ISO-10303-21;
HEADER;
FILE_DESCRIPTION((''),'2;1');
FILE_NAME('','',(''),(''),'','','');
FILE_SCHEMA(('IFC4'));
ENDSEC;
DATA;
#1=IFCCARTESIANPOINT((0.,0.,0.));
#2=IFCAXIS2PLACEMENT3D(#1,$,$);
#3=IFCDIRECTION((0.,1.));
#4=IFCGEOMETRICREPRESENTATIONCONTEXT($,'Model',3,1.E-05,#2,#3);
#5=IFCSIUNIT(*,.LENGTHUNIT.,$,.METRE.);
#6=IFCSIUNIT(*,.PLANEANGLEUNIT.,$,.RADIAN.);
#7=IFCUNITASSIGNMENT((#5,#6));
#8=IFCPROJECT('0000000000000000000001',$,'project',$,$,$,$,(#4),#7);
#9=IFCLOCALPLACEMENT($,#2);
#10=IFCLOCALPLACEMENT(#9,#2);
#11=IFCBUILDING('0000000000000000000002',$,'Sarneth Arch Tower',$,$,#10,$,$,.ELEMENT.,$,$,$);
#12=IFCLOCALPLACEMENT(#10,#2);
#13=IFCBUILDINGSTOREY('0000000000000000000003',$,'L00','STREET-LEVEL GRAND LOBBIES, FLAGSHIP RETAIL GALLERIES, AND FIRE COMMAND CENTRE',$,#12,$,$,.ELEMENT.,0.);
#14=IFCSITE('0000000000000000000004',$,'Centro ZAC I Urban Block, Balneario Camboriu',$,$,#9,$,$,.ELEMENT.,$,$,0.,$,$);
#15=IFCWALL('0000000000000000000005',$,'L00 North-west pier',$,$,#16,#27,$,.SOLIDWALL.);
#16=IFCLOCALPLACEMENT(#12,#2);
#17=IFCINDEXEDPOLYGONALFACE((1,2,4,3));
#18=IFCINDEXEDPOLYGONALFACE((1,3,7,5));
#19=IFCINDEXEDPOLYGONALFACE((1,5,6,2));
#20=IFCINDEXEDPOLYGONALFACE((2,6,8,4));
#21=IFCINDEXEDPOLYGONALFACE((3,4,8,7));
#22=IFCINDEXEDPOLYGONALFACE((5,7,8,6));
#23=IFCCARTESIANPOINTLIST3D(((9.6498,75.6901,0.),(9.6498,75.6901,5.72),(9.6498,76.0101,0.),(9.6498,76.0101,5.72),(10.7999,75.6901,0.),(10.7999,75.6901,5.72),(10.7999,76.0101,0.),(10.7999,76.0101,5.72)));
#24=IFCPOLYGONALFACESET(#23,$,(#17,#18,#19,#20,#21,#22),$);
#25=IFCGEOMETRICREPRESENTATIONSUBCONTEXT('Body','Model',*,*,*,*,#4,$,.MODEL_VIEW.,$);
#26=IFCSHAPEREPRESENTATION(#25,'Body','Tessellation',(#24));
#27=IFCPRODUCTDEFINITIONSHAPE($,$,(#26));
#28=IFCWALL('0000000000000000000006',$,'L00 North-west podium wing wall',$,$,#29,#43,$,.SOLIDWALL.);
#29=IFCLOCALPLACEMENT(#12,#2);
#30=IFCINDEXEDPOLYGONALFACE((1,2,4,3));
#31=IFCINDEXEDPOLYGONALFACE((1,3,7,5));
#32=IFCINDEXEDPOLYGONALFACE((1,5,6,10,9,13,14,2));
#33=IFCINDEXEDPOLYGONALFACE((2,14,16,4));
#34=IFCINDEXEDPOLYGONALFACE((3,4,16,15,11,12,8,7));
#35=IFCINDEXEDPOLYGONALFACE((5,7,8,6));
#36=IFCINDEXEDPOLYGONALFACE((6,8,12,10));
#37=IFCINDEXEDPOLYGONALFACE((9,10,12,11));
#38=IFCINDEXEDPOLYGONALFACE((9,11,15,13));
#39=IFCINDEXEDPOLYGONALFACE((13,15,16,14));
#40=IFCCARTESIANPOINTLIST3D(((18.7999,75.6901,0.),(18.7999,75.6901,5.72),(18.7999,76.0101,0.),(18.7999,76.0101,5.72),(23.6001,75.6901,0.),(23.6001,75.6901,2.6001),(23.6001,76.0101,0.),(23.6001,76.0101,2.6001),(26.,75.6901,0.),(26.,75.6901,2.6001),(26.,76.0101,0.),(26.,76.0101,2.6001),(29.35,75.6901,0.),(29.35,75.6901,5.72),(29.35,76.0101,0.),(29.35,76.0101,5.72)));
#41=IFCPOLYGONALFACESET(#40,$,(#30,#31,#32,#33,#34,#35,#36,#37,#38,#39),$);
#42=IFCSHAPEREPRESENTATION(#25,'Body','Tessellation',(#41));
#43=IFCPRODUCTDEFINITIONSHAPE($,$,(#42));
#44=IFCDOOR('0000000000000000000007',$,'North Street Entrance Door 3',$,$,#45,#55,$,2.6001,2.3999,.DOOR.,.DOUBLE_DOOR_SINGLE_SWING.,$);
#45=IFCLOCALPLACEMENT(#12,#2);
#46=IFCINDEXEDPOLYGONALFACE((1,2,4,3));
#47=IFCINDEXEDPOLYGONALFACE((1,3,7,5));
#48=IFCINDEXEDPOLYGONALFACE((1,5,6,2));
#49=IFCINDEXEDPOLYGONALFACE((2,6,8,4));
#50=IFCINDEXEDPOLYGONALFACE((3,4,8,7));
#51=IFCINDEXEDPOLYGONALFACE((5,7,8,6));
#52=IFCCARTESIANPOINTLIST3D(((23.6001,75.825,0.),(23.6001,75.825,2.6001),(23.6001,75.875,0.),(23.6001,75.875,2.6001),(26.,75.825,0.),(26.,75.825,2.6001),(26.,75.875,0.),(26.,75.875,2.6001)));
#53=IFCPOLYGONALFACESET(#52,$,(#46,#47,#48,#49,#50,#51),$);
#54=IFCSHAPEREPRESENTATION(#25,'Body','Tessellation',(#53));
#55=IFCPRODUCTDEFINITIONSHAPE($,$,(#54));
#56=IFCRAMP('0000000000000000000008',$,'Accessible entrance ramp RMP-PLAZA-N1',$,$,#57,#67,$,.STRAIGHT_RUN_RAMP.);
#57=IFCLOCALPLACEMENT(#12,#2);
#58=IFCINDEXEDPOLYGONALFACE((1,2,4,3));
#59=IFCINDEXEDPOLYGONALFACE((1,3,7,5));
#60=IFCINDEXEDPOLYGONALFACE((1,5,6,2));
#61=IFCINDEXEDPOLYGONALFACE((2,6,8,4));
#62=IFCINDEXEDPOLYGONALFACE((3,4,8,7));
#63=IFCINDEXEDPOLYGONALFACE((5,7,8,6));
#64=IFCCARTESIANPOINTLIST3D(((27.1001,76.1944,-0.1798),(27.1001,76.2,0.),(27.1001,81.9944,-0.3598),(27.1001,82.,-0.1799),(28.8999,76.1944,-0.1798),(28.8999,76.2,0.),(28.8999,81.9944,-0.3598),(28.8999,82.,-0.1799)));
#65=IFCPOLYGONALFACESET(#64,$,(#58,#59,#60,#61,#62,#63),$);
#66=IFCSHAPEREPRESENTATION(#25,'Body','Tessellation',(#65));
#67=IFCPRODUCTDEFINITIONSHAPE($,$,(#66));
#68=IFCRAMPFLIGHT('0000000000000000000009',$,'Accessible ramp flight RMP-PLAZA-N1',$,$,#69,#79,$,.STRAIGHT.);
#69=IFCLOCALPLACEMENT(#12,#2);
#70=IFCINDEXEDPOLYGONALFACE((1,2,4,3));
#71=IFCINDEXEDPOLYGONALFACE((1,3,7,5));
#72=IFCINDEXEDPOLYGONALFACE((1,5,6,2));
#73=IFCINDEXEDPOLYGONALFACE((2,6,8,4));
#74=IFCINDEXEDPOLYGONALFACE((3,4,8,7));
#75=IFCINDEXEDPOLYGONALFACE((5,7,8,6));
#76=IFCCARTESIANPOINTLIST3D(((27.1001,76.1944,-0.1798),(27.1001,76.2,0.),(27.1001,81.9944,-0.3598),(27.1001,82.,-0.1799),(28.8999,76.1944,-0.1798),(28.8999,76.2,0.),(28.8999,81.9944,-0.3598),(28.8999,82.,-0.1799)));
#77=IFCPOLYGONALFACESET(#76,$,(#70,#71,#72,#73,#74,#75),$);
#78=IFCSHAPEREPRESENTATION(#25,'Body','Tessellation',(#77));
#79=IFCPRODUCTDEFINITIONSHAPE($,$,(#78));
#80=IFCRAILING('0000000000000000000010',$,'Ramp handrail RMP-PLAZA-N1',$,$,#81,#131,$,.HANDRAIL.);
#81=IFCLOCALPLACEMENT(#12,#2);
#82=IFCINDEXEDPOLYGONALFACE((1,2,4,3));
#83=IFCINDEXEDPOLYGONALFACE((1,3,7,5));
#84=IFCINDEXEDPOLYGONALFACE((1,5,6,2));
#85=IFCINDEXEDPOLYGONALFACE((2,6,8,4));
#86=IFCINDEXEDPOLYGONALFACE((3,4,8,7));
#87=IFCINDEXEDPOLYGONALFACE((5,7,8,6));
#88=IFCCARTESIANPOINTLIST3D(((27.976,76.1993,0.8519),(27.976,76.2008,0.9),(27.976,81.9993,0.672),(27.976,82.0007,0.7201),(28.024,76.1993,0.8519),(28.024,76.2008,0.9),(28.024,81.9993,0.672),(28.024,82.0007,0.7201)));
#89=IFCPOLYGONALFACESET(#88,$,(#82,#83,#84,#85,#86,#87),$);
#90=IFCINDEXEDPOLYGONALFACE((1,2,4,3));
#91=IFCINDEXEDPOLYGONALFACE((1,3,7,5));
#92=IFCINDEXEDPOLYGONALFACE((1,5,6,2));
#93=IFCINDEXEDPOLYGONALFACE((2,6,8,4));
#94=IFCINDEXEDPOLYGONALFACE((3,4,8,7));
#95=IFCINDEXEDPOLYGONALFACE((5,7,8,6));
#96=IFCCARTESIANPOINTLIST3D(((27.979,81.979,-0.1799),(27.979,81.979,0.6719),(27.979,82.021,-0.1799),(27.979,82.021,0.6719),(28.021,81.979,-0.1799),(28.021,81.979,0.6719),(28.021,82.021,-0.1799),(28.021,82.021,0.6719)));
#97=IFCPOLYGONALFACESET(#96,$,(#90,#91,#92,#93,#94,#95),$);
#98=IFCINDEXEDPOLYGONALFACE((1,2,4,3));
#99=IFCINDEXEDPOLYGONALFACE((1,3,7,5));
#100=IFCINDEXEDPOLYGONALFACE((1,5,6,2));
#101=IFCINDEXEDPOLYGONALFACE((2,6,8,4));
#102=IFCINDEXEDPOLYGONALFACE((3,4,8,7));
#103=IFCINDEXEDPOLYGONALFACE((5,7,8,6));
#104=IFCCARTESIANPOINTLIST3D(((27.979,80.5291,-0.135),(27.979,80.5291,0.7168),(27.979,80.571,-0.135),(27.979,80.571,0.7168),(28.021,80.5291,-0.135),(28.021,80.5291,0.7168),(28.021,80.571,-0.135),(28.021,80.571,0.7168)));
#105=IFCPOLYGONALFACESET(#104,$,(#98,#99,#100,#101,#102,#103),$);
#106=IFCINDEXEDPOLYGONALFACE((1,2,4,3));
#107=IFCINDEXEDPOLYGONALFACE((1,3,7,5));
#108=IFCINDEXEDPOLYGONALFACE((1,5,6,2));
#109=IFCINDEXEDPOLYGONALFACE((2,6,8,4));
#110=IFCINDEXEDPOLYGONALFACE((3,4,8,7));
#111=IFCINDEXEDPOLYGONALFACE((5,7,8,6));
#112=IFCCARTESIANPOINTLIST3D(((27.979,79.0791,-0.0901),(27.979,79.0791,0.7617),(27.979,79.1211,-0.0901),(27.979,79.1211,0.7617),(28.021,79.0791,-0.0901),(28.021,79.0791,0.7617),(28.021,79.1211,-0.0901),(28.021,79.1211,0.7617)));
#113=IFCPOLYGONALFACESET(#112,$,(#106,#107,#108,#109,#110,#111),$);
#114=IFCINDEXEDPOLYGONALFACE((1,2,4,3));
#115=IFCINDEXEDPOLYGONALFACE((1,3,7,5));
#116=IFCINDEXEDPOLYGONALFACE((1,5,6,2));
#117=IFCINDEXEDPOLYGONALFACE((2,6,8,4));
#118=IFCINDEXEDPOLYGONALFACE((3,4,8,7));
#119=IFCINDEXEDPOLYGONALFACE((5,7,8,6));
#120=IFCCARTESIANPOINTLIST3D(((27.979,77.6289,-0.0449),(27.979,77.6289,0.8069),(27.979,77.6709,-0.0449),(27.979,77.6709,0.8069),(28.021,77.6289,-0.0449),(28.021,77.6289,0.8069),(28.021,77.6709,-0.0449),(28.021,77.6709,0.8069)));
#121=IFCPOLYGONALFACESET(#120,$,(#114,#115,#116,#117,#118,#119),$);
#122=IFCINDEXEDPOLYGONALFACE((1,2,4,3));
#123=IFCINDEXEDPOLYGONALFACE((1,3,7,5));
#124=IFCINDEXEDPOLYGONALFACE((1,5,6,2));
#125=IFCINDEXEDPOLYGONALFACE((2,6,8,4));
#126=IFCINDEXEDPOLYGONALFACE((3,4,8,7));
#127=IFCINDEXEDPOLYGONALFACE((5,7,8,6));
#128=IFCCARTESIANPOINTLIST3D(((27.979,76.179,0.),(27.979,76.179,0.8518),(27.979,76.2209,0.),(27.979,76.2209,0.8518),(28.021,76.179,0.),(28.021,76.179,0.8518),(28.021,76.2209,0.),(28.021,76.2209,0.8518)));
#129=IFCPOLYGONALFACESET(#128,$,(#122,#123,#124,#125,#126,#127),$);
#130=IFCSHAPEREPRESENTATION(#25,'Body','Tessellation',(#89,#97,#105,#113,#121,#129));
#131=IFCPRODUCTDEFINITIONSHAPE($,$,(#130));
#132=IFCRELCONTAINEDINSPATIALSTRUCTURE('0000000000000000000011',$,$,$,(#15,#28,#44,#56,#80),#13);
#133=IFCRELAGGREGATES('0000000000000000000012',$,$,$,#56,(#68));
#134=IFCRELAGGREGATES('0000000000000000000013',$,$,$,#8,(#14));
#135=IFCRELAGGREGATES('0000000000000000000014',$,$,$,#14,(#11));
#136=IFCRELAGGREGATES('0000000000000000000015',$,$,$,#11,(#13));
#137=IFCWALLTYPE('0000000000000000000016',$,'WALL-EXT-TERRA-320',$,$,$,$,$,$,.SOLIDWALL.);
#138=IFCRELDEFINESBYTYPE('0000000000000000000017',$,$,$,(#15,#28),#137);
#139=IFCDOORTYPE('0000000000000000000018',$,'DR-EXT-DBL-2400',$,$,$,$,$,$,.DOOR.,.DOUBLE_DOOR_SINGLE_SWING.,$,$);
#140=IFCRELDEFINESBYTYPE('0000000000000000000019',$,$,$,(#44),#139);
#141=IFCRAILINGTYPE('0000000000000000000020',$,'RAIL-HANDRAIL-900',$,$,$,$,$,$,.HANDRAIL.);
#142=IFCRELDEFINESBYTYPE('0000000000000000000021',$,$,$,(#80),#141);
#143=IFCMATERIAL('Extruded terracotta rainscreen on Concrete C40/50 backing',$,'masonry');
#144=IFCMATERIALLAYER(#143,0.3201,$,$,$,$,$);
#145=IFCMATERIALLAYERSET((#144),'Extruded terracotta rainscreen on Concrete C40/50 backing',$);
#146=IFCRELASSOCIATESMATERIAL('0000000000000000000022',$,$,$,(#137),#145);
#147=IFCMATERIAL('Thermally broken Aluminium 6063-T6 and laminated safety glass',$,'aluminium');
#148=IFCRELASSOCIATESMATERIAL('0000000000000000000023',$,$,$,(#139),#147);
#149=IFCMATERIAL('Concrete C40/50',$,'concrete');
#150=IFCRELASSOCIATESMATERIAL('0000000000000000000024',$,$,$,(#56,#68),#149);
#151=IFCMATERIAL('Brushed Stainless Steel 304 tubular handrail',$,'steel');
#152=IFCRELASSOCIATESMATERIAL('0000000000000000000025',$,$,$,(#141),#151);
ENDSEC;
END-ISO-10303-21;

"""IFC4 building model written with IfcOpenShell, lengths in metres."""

from ifc_helpers import new_model, si_unit, direction, frame, frame_2d, origin, origin_2d, place, context, subcontext, project, spatial, polyline, rectangle, outline, extrude, material, layer, layer_set, type_object, element, fill, aggregate, save


model = new_model("IFC4")

# Units and contexts
model_context = context("Model", 3, precision=1e-05, world=origin(), true_north=direction((0.0, 1.0)))
body_context = subcontext(model_context, "Body", "Model", "MODEL_VIEW")
ifc_project = project(units=[si_unit("LENGTHUNIT", "METRE"), si_unit("PLANEANGLEUNIT", "RADIAN")], contexts=[model_context])

# Site, building, storey
site_placement = place(None, origin())
site = spatial("IfcSite", under=ifc_project, at=site_placement, Name="Centro ZAC I Urban Block, Balneario Camboriu", CompositionType="ELEMENT", RefElevation=0.0)
building_placement = place(site_placement, origin())
building = spatial("IfcBuilding", under=site, at=building_placement, Name="Sarneth Arch Tower", CompositionType="ELEMENT")
storey_placement = place(building_placement, origin())
storey = spatial("IfcBuildingStorey", under=building, at=storey_placement, Name="L00", Description="STREET-LEVEL GRAND LOBBIES, FLAGSHIP RETAIL GALLERIES, AND FIRE COMMAND CENTRE", CompositionType="ELEMENT", Elevation=0.0)

# Wall
ifc_material_1 = material(Name="Extruded terracotta rainscreen on Concrete C40/50 backing", Category="masonry")
ifc_layer_1 = layer(ifc_material_1, 0.3201)
ifc_layer_set_1 = layer_set([ifc_layer_1], Name="Extruded terracotta rainscreen on Concrete C40/50 backing")
wall_type_1 = type_object("IfcWallType", Name="WALL-EXT-TERRA-320", PredefinedType="SOLIDWALL", material=ifc_layer_set_1)
wall_1_placement = place(storey_placement, frame((10.8, 75.8501, 0.0), z_axis=(0.0, 0.0, 1.0), x_axis=(-1.0, 0.0, 0.0)))
element("IfcWall", 1, at=wall_1_placement, inside=storey, type_object=wall_type_1, Name="L00 North-west pier", PredefinedType="SOLIDWALL", context=body_context, shape_type="SweptSolid", body=[
    extrude(rectangle(XDim=1.1501, YDim=0.3201, at=frame_2d((0.5752, 0.0))), origin(), (0.0, 0.0, 1.0), 5.72),
])

# Wall, opening, door
wall_2_placement = place(storey_placement, frame((18.8, 75.8501, 0.0), z_axis=(0.0, 0.0, 1.0), x_axis=(1.0, 0.0, 0.0)))
wall_2 = element("IfcWall", 2, at=wall_2_placement, inside=storey, type_object=wall_type_1, Name="L00 North-west podium wing wall", PredefinedType="SOLIDWALL", context=body_context, shape_type="SweptSolid", body=[
    extrude(rectangle(XDim=10.55, YDim=0.3201, at=frame_2d((5.2749, 0.0))), origin(), (0.0, 0.0, 1.0), 5.72),
])
opening_placement = place(wall_2_placement, frame((4.8, 0.0, 0.0)))
opening = element("IfcOpeningElement", 3, at=opening_placement, cuts=wall_2, PredefinedType="OPENING", context=body_context, shape_type="SweptSolid", body=[
    extrude(rectangle(XDim=2.3999, YDim=2.6001, at=frame_2d((1.2, 1.3))), frame((0.0, 0.1699, 0.0), z_axis=(0.0, -1.0, 0.0), x_axis=(1.0, 0.0, 0.0)), (0.0, 0.0, 1.0), 0.3401),
])
ifc_material_2 = material(Name="Thermally broken Aluminium 6063-T6 and laminated safety glass", Category="aluminium")
door_type = type_object("IfcDoorType", Name="DR-EXT-DBL-2400", OperationType="DOUBLE_DOOR_SINGLE_SWING", PredefinedType="DOOR", material=ifc_material_2)
door_placement = place(opening_placement, origin())
door = element("IfcDoor", 4, at=door_placement, inside=storey, type_object=door_type, Name="North Street Entrance Door 3", OperationType="DOUBLE_DOOR_SINGLE_SWING", OverallHeight=2.6001, OverallWidth=2.3999, PredefinedType="DOOR", context=body_context, shape_type="SweptSolid", body=[
    extrude(rectangle(XDim=2.3999, YDim=2.6001, at=frame_2d((1.2, 1.3))), frame((0.0, 0.0249, 0.0), z_axis=(0.0, -1.0, 0.0), x_axis=(1.0, 0.0, 0.0)), (0.0, 0.0, 1.0), 0.05),
])
fill(opening, door)

# Ramp, ramp flight
ifc_material_3 = material(Name="Concrete C40/50", Category="concrete")
ramp_placement = place(storey_placement, frame((27.1001, 82.0, -0.1799), z_axis=(0.0, 0.031008, 0.999519), x_axis=(1.0, 0.0, 0.0)))
ramp = element("IfcRamp", 5, at=ramp_placement, inside=storey, material=ifc_material_3, Name="Accessible entrance ramp RMP-PLAZA-N1", PredefinedType="STRAIGHT_RUN_RAMP", context=body_context, shape_type="SweptSolid", body=[
    extrude(outline(polyline([(0.0, 0.0), (1.7998, 0.0), (1.7998, -5.8028), (0.0, -5.8028), (0.0, 0.0)])), origin(), (0.0, 0.0, -1.0), 0.1799),
])
ramp_flight_placement = place(storey_placement, frame((27.1001, 82.0, -0.1799), z_axis=(0.0, 0.031008, 0.999519), x_axis=(1.0, 0.0, 0.0)))
ramp_flight = element("IfcRampFlight", 6, at=ramp_flight_placement, material=ifc_material_3, Name="Accessible ramp flight RMP-PLAZA-N1", PredefinedType="STRAIGHT", context=body_context, shape_type="SweptSolid", body=[
    extrude(outline(polyline([(0.0, 0.0), (1.7998, 0.0), (1.7998, -5.8028), (0.0, -5.8028), (0.0, 0.0)])), origin(), (0.0, 0.0, -1.0), 0.1799),
])
aggregate(ramp, [ramp_flight])

# Railing
ifc_material_4 = material(Name="Brushed Stainless Steel 304 tubular handrail", Category="steel")
railing_type = type_object("IfcRailingType", Name="RAIL-HANDRAIL-900", PredefinedType="HANDRAIL", material=ifc_material_4)
railing_placement = place(storey_placement, frame((28.0, 82.0, -0.1799)))
element("IfcRailing", 7, at=railing_placement, inside=storey, type_object=railing_type, Name="Ramp handrail RMP-PLAZA-N1", PredefinedType="HANDRAIL", context=body_context, shape_type="SweptSolid", body=[
    extrude(rectangle(XDim=0.0481, YDim=0.0481, at=origin_2d()), frame((0.0, 0.0, 0.876), z_axis=(0.0, -0.999519, 0.031008), x_axis=(1.0, 0.0, 0.0)), (0.0, 0.0, 1.0), 5.8027),
    extrude(rectangle(XDim=0.042, YDim=0.042, at=origin_2d()), origin(), (0.0, 0.0, 1.0), 0.8518),
    extrude(rectangle(XDim=0.042, YDim=0.042, at=origin_2d()), frame((0.0, -1.45, 0.0449)), (0.0, 0.0, 1.0), 0.8518),
    extrude(rectangle(XDim=0.042, YDim=0.042, at=origin_2d()), frame((0.0, -2.8999, 0.0898)), (0.0, 0.0, 1.0), 0.8518),
    extrude(rectangle(XDim=0.042, YDim=0.042, at=origin_2d()), frame((0.0, -4.3501, 0.135)), (0.0, 0.0, 1.0), 0.8518),
    extrude(rectangle(XDim=0.042, YDim=0.042, at=origin_2d()), frame((0.0, -5.8, 0.1799)), (0.0, 0.0, 1.0), 0.8518),
])

save(model, "model.ifc")
